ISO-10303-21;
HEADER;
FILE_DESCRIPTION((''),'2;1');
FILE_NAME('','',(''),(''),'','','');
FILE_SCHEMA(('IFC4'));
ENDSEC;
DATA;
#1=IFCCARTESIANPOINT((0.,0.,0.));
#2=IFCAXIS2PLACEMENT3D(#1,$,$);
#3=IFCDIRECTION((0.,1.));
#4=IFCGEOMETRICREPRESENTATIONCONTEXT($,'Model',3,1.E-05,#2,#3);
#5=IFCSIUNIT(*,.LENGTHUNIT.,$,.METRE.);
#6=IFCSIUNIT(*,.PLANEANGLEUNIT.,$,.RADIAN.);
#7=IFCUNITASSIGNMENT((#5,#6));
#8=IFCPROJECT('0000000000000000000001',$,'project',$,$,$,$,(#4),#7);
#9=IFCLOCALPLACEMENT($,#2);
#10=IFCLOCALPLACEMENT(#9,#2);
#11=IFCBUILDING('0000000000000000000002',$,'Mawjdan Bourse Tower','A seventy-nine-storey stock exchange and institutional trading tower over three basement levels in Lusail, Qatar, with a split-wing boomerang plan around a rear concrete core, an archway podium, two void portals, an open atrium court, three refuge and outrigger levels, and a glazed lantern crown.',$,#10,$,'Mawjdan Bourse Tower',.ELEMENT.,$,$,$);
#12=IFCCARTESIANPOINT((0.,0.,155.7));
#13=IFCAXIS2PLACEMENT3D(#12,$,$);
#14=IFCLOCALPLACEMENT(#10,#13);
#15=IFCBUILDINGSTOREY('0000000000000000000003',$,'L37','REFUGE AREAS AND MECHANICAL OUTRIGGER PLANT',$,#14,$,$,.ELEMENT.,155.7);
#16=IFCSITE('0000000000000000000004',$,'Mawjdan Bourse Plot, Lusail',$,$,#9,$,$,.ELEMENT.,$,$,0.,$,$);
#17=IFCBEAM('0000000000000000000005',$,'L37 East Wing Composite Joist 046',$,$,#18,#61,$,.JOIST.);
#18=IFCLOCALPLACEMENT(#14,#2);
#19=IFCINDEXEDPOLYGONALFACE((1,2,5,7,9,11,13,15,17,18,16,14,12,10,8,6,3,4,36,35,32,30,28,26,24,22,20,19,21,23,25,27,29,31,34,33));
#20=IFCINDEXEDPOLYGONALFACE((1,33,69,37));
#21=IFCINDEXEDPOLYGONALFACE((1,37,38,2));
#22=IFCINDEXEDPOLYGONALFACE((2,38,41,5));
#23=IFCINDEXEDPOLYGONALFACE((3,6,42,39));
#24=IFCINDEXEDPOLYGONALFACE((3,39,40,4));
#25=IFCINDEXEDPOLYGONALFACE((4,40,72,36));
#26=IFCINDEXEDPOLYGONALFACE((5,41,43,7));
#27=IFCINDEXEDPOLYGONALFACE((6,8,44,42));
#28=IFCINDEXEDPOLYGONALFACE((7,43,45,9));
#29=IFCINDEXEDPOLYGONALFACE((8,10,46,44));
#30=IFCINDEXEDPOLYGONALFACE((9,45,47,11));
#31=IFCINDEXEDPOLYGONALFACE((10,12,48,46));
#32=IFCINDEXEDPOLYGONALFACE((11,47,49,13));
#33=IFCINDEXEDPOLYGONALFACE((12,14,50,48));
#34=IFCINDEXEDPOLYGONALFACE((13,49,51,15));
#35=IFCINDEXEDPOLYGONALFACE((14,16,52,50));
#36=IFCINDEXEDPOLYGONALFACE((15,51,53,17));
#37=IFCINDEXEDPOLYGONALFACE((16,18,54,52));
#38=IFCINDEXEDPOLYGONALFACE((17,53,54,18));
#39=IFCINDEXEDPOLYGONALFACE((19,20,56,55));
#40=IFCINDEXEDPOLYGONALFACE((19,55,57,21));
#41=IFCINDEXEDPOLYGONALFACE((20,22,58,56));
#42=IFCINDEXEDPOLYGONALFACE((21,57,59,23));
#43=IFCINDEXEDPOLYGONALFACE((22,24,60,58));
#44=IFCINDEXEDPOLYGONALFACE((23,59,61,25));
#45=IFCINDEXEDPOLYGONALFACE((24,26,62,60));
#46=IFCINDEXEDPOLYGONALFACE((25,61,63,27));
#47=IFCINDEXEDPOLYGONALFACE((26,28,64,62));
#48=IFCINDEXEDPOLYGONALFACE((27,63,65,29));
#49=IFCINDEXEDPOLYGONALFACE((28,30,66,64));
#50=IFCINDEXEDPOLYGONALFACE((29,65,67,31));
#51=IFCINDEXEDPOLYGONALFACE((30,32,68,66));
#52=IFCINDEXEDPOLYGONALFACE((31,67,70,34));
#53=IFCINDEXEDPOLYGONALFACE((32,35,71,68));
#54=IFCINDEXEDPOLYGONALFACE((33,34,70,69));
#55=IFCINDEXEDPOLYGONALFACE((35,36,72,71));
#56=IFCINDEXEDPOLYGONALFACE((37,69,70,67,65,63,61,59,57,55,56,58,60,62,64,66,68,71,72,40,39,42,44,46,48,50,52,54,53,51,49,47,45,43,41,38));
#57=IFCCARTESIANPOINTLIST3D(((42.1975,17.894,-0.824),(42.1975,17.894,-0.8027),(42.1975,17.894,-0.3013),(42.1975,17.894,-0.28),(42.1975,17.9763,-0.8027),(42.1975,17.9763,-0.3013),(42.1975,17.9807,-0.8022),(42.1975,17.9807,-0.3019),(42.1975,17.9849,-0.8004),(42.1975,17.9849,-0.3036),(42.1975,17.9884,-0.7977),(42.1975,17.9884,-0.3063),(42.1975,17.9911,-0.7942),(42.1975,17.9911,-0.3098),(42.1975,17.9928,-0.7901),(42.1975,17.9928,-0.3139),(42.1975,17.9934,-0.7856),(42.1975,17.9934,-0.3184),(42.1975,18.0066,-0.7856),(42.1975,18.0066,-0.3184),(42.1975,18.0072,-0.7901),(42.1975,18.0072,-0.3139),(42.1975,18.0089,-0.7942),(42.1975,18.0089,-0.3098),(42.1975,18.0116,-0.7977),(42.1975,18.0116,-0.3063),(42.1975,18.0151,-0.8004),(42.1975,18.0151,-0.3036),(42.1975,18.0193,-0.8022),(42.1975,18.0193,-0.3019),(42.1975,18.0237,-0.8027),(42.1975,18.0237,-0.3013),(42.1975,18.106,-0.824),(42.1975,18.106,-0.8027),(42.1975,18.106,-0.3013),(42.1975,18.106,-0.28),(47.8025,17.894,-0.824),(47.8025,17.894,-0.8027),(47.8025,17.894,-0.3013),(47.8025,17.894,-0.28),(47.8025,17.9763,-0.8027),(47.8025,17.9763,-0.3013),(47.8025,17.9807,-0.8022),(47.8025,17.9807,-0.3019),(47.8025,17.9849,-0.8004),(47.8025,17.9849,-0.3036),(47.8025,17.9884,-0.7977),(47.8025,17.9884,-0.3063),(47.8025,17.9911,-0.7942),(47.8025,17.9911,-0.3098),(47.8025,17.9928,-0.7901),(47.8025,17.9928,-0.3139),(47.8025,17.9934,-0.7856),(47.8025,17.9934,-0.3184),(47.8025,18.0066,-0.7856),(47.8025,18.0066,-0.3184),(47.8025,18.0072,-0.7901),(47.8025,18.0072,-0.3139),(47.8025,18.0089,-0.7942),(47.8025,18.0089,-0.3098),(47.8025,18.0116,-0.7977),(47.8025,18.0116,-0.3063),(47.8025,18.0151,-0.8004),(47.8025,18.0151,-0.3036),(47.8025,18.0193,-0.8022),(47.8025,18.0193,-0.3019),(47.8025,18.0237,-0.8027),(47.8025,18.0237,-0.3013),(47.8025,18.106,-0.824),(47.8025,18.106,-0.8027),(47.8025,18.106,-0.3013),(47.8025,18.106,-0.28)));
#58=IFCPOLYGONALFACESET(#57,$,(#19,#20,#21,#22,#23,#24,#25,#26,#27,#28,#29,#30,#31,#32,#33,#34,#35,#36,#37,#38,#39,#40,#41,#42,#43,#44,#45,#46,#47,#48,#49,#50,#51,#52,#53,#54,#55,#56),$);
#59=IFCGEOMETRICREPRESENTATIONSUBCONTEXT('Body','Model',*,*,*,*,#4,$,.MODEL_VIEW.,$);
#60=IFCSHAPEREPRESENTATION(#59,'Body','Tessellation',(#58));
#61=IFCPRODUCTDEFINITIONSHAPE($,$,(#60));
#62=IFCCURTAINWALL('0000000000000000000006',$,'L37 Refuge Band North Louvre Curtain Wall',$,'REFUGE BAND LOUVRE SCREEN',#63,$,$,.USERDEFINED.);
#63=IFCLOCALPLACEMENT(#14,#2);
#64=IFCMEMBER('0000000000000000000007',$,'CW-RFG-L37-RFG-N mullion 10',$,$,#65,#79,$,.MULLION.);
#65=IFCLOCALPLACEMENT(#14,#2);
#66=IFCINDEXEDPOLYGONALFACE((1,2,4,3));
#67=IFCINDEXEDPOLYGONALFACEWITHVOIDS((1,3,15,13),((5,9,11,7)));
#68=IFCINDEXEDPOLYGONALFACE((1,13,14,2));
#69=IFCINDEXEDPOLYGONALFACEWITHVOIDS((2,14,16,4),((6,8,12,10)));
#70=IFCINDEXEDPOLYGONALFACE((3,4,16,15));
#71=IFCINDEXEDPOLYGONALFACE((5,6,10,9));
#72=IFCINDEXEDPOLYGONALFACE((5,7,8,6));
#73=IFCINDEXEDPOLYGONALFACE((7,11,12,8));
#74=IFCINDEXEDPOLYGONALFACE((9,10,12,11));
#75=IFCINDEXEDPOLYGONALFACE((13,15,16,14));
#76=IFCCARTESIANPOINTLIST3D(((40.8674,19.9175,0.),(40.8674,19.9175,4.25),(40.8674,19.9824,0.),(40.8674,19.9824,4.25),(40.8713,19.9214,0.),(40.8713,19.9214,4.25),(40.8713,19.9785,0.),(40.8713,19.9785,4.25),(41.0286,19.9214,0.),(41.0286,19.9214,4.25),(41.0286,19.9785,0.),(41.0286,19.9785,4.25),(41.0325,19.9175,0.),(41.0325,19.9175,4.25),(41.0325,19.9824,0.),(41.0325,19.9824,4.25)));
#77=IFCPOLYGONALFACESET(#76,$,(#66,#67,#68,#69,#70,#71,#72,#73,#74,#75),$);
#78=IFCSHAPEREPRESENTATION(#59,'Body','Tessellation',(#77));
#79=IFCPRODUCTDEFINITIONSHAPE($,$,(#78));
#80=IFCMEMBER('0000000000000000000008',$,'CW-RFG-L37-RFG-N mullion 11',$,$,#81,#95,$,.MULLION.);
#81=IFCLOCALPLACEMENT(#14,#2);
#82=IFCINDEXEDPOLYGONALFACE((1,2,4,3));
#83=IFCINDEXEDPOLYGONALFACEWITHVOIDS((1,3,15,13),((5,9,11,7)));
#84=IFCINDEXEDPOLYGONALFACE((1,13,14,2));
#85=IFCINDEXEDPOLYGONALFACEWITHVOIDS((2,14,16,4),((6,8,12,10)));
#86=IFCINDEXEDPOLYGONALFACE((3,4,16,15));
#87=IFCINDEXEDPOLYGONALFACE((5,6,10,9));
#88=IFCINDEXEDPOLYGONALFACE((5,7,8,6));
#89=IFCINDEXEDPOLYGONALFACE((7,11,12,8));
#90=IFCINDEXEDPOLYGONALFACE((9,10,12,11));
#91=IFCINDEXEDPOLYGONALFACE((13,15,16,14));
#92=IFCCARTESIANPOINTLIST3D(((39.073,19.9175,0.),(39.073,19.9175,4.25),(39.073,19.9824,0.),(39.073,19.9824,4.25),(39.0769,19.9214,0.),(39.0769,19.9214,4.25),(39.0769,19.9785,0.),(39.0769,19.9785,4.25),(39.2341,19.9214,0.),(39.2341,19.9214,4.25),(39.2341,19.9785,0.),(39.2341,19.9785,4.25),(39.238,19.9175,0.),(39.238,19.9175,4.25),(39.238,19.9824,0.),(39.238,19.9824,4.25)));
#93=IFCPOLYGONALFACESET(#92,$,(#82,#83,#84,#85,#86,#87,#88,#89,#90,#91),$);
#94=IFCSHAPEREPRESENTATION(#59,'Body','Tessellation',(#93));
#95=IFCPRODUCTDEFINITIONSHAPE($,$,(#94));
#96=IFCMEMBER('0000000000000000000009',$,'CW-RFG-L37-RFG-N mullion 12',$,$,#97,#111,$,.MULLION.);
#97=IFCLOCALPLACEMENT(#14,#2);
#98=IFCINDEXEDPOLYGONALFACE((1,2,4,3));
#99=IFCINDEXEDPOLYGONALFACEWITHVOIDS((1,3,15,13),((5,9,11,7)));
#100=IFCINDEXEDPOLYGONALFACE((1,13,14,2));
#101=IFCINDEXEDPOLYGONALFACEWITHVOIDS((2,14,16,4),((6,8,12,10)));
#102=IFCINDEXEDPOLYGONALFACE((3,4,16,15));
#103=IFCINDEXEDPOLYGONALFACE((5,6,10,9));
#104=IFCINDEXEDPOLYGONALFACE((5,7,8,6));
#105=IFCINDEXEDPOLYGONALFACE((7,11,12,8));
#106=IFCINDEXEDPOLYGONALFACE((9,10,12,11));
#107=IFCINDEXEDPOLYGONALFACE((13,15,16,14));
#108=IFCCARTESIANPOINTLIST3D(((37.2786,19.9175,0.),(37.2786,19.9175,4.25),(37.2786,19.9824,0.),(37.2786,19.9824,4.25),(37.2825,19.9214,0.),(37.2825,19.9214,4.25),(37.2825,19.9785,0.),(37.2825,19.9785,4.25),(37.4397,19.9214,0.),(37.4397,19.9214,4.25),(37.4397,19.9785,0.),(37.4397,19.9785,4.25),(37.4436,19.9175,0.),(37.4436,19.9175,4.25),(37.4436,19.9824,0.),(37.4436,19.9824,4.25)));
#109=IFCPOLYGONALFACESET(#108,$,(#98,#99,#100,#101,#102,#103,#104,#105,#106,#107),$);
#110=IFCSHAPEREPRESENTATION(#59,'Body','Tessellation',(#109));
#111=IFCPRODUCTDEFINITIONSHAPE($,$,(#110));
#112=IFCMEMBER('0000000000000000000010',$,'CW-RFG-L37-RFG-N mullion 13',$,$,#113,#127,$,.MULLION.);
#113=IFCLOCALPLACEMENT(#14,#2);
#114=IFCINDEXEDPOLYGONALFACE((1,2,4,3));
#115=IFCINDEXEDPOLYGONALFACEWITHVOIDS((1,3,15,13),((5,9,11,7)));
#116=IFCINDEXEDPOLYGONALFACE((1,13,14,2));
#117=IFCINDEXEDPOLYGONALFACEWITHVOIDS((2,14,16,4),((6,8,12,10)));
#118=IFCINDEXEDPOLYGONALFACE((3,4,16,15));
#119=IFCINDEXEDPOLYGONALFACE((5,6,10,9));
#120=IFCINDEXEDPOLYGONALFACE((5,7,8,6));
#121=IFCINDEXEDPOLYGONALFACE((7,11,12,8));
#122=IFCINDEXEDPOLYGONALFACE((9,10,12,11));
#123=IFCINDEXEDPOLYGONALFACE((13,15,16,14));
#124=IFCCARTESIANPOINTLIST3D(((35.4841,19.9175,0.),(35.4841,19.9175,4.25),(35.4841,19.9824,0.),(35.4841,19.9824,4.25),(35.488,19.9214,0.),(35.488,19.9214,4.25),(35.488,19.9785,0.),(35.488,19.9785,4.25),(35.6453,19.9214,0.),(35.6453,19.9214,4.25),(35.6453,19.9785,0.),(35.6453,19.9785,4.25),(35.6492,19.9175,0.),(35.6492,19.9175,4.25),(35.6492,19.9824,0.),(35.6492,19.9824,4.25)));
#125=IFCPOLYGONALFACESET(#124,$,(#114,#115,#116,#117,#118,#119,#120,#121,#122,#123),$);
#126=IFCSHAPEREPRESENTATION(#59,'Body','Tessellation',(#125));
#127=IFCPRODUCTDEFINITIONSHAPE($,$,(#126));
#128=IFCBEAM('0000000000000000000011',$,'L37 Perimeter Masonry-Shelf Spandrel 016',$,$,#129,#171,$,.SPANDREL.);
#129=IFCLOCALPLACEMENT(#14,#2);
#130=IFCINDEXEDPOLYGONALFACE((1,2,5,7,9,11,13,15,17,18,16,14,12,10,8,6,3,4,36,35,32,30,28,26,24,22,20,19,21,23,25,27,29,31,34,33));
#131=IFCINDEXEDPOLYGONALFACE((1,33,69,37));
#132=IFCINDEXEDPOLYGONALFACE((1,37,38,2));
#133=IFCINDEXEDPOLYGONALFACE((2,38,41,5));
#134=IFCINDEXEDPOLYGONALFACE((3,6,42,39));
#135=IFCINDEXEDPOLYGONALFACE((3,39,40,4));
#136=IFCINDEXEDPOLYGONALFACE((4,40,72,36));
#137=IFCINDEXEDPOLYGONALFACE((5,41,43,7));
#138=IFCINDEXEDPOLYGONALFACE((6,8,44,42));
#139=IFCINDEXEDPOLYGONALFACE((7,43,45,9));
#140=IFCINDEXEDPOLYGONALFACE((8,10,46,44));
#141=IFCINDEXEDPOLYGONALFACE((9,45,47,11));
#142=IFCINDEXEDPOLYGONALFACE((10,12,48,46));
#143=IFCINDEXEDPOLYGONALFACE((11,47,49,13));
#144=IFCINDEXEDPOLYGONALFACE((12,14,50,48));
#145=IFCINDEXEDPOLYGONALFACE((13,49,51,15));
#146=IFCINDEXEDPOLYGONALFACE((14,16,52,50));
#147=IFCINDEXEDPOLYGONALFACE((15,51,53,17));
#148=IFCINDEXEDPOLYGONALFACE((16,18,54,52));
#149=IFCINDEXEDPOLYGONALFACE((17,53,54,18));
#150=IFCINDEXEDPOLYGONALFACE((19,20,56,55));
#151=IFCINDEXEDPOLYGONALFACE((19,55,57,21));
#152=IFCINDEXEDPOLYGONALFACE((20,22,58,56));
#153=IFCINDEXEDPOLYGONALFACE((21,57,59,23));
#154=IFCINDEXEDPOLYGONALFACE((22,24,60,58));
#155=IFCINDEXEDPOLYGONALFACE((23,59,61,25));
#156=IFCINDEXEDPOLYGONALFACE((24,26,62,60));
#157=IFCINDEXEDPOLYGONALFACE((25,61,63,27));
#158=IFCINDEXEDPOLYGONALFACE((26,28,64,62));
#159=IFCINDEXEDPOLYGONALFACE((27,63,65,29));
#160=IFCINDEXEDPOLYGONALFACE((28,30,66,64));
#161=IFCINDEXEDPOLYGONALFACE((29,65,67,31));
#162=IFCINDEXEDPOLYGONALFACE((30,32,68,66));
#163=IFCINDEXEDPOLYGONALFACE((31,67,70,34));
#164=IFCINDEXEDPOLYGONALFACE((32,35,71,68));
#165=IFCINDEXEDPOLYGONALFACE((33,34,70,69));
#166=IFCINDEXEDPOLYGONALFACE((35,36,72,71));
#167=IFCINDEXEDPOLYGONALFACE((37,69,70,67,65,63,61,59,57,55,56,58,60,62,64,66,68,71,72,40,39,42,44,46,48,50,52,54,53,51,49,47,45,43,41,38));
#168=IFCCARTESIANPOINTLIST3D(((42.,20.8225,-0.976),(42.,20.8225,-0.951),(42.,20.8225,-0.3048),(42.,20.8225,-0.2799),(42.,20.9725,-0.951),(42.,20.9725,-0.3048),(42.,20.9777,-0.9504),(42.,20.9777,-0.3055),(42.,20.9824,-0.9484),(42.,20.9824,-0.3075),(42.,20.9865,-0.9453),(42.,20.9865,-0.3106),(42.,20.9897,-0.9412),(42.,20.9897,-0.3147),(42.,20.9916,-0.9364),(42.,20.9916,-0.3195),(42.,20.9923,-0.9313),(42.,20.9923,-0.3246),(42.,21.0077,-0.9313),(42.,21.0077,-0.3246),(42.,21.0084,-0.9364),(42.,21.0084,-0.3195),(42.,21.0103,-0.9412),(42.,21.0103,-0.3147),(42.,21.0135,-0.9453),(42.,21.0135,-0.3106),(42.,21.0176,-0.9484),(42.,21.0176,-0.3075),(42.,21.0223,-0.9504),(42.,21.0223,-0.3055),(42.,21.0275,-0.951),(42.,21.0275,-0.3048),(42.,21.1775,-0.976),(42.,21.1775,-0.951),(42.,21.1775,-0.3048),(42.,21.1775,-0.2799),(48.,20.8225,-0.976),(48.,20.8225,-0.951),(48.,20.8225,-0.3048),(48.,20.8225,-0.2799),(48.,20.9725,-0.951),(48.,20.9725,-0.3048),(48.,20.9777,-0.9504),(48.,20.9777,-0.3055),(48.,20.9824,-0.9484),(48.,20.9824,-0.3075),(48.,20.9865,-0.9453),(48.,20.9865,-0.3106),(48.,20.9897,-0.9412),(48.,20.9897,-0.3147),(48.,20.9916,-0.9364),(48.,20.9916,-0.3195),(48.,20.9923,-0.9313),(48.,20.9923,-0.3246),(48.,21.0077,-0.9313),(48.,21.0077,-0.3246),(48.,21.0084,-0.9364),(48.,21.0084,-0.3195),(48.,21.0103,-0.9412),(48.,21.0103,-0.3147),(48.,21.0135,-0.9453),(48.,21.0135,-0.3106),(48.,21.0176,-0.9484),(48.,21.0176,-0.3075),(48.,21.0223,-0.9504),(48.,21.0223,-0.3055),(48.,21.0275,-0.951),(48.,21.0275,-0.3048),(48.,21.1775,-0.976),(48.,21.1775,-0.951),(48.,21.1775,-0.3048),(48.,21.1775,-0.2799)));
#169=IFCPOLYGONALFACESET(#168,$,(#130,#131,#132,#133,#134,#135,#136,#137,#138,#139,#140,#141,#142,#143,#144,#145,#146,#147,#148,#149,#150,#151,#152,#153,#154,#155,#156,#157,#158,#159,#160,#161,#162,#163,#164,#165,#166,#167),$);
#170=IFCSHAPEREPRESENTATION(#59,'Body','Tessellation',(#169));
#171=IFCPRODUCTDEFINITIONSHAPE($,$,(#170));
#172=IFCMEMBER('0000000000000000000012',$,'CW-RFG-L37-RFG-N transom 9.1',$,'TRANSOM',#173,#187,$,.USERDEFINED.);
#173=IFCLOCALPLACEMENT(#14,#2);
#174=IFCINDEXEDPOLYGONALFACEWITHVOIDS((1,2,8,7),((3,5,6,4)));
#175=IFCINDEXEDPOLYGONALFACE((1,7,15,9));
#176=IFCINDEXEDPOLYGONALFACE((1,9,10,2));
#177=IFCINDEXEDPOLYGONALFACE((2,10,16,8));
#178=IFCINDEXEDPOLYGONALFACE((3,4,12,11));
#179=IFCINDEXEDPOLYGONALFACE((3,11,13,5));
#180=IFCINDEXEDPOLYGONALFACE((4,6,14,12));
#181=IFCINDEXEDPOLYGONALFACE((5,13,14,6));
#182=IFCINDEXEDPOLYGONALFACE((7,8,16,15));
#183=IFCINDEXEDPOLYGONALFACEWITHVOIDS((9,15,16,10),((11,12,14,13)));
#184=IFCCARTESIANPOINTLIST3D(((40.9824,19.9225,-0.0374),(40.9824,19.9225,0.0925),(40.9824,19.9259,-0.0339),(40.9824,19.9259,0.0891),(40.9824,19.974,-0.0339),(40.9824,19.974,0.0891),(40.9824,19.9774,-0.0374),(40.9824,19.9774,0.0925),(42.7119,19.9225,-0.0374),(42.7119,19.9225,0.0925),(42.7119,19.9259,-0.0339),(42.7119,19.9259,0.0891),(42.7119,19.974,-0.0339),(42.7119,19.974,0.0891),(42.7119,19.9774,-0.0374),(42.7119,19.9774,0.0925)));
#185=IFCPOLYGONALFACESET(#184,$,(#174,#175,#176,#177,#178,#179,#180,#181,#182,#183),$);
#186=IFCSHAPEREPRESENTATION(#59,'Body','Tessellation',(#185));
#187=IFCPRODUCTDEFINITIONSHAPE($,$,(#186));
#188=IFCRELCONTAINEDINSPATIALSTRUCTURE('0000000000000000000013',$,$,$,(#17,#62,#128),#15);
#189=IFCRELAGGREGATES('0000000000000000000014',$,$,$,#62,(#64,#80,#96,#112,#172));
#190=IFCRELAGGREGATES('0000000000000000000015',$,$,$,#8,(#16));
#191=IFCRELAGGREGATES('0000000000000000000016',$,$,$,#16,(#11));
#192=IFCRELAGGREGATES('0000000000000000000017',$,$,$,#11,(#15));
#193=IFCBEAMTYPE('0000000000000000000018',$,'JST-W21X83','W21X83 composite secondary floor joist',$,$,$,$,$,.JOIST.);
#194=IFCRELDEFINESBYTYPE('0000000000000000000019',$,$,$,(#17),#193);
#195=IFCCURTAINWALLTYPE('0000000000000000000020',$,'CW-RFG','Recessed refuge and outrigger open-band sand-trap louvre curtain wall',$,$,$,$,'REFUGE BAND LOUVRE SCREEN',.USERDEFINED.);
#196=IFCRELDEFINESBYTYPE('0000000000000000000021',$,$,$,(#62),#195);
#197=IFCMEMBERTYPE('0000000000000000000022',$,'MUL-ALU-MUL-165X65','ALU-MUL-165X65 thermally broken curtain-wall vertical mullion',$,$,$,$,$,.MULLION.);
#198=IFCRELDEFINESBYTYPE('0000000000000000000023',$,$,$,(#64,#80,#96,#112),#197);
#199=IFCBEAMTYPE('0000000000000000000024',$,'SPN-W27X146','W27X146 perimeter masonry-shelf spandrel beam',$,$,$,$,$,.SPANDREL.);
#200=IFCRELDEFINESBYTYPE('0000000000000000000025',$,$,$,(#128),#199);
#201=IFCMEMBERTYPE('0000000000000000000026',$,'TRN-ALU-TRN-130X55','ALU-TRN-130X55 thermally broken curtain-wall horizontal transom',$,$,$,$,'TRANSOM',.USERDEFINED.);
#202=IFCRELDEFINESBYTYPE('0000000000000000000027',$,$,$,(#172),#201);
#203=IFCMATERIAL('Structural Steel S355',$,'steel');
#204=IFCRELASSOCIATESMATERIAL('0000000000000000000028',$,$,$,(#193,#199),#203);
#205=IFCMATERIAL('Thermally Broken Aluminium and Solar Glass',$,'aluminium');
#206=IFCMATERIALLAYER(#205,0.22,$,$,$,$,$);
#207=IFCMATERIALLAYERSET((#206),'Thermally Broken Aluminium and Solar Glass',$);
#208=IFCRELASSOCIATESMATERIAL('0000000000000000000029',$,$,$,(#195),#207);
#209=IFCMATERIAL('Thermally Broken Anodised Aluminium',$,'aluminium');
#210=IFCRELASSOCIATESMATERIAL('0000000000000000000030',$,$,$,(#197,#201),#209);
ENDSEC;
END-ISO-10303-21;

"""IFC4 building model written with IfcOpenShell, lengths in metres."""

from ifc_helpers import new_model, si_unit, direction, frame, origin, origin_2d, place, context, subcontext, project, spatial, hollow_rectangle, i_section, extrude, material, layer, layer_set, material_profile, profile_set, type_object, element, aggregate, save


model = new_model("IFC4")

# Units and contexts
model_context = context("Model", 3, precision=1e-05, world=origin(), true_north=direction((0.0, 1.0)))
body_context = subcontext(model_context, "Body", "Model", "MODEL_VIEW")
ifc_project = project(units=[si_unit("LENGTHUNIT", "METRE"), si_unit("PLANEANGLEUNIT", "RADIAN")], contexts=[model_context])

# Site, building, storey
site_placement = place(None, origin())
site = spatial("IfcSite", under=ifc_project, at=site_placement, Name="Mawjdan Bourse Plot, Lusail", CompositionType="ELEMENT", RefElevation=0.0)
building_placement = place(site_placement, origin())
building = spatial("IfcBuilding", under=site, at=building_placement, Name="Mawjdan Bourse Tower", Description="A seventy-nine-storey stock exchange and institutional trading tower over three basement levels in Lusail, Qatar, with a split-wing boomerang plan around a rear concrete core, an archway podium, two void portals, an open atrium court, three refuge and outrigger levels, and a glazed lantern crown.", LongName="Mawjdan Bourse Tower", CompositionType="ELEMENT")
storey_placement = place(building_placement, frame((0.0, 0.0, 155.7)))
storey = spatial("IfcBuildingStorey", under=building, at=storey_placement, Name="L37", Description="REFUGE AREAS AND MECHANICAL OUTRIGGER PLANT", CompositionType="ELEMENT", Elevation=155.7)

# Beam
ifc_material_1 = material(Name="Structural Steel S355", Category="steel")
ifc_material_profile_1 = material_profile(ifc_material_1, i_section(OverallWidth=0.2119, OverallDepth=0.5439, WebThickness=0.0132, FlangeThickness=0.0212, FilletRadius=0.0171, at=origin_2d()), Name="W21X83")
ifc_profile_set_1 = profile_set([ifc_material_profile_1], Name="Structural Steel S355")
beam_type_1 = type_object("IfcBeamType", Name="JST-W21X83", Description="W21X83 composite secondary floor joist", PredefinedType="JOIST", material=ifc_profile_set_1)
for number, where, z_axis, x_axis, name in (
    (1, (42.1975, 18.0, -0.552), (1.0, 0.0, 0.0), (0.0, 1.0, 0.0), "L37 East Wing Composite Joist 046"),
):
    element("IfcBeam", number, at=place(storey_placement, frame(where, z_axis=z_axis, x_axis=x_axis)), inside=storey, type_object=beam_type_1, Name=name, PredefinedType="JOIST", context=body_context, shape_type="SweptSolid", body=[
        extrude(i_section(OverallWidth=0.2119, OverallDepth=0.5439, WebThickness=0.0132, FlangeThickness=0.0212, FilletRadius=0.0171, at=origin_2d()), origin(), (0.0, 0.0, 1.0), 5.605),
    ])

# Curtain wall, members
ifc_material_2 = material(Name="Thermally Broken Aluminium and Solar Glass", Category="aluminium")
ifc_layer_1 = layer(ifc_material_2, 0.22)
ifc_layer_set_1 = layer_set([ifc_layer_1], Name="Thermally Broken Aluminium and Solar Glass")
curtain_wall_type = type_object("IfcCurtainWallType", Name="CW-RFG", Description="Recessed refuge and outrigger open-band sand-trap louvre curtain wall", ElementType="REFUGE BAND LOUVRE SCREEN", PredefinedType="USERDEFINED", material=ifc_layer_set_1)
curtain_wall_placement = place(storey_placement, origin())
curtain_wall = element("IfcCurtainWall", 2, at=curtain_wall_placement, inside=storey, type_object=curtain_wall_type, Name="L37 Refuge Band North Louvre Curtain Wall", ObjectType="REFUGE BAND LOUVRE SCREEN", PredefinedType="USERDEFINED")
ifc_material_3 = material(Name="Thermally Broken Anodised Aluminium", Category="aluminium")
ifc_material_profile_2 = material_profile(ifc_material_3, hollow_rectangle(XDim=0.0649, YDim=0.165, WallThickness=0.0039, at=origin_2d()), Name="ALU-MUL-165X65")
ifc_profile_set_2 = profile_set([ifc_material_profile_2], Name="Thermally Broken Anodised Aluminium")
member_type_1 = type_object("IfcMemberType", Name="MUL-ALU-MUL-165X65", Description="ALU-MUL-165X65 thermally broken curtain-wall vertical mullion", PredefinedType="MULLION", material=ifc_profile_set_2)
member_1_placement = place(storey_placement, frame((40.95, 19.95, 0.0), z_axis=(0.0, 0.0, 1.0), x_axis=(0.0, -1.0, 0.0)))
member_1 = element("IfcMember", 3, at=member_1_placement, type_object=member_type_1, Name="CW-RFG-L37-RFG-N mullion 10", PredefinedType="MULLION", context=body_context, shape_type="SweptSolid", body=[
    extrude(hollow_rectangle(XDim=0.0649, YDim=0.165, WallThickness=0.0039, at=origin_2d()), origin(), (0.0, 0.0, 1.0), 4.25),
])
member_2_placement = place(storey_placement, frame((39.1555, 19.95, 0.0), z_axis=(0.0, 0.0, 1.0), x_axis=(0.0, -1.0, 0.0)))
member_2 = element("IfcMember", 4, at=member_2_placement, type_object=member_type_1, Name="CW-RFG-L37-RFG-N mullion 11", PredefinedType="MULLION", context=body_context, shape_type="SweptSolid", body=[
    extrude(hollow_rectangle(XDim=0.0649, YDim=0.165, WallThickness=0.0039, at=origin_2d()), origin(), (0.0, 0.0, 1.0), 4.25),
])
member_3_placement = place(storey_placement, frame((37.3611, 19.95, 0.0), z_axis=(0.0, 0.0, 1.0), x_axis=(0.0, -1.0, 0.0)))
member_3 = element("IfcMember", 5, at=member_3_placement, type_object=member_type_1, Name="CW-RFG-L37-RFG-N mullion 12", PredefinedType="MULLION", context=body_context, shape_type="SweptSolid", body=[
    extrude(hollow_rectangle(XDim=0.0649, YDim=0.165, WallThickness=0.0039, at=origin_2d()), origin(), (0.0, 0.0, 1.0), 4.25),
])
member_4_placement = place(storey_placement, frame((35.5667, 19.95, 0.0), z_axis=(0.0, 0.0, 1.0), x_axis=(0.0, -1.0, 0.0)))
member_4 = element("IfcMember", 6, at=member_4_placement, type_object=member_type_1, Name="CW-RFG-L37-RFG-N mullion 13", PredefinedType="MULLION", context=body_context, shape_type="SweptSolid", body=[
    extrude(hollow_rectangle(XDim=0.0649, YDim=0.165, WallThickness=0.0039, at=origin_2d()), origin(), (0.0, 0.0, 1.0), 4.25),
])

# Beam
ifc_material_profile_3 = material_profile(ifc_material_1, i_section(OverallWidth=0.355, OverallDepth=0.696, WebThickness=0.0154, FlangeThickness=0.0249, FilletRadius=0.0198, at=origin_2d()), Name="W27X146")
ifc_profile_set_3 = profile_set([ifc_material_profile_3], Name="Structural Steel S355")
beam_type_2 = type_object("IfcBeamType", Name="SPN-W27X146", Description="W27X146 perimeter masonry-shelf spandrel beam", PredefinedType="SPANDREL", material=ifc_profile_set_3)
beam_placement = place(storey_placement, frame((42.0, 21.0, -0.6279), z_axis=(1.0, 0.0, 0.0), x_axis=(0.0, 1.0, 0.0)))
element("IfcBeam", 7, at=beam_placement, inside=storey, type_object=beam_type_2, Name="L37 Perimeter Masonry-Shelf Spandrel 016", PredefinedType="SPANDREL", context=body_context, shape_type="SweptSolid", body=[
    extrude(i_section(OverallWidth=0.355, OverallDepth=0.696, WebThickness=0.0154, FlangeThickness=0.0249, FilletRadius=0.0198, at=origin_2d()), origin(), (0.0, 0.0, 1.0), 6.0),
])

# Member
ifc_material_profile_4 = material_profile(ifc_material_3, hollow_rectangle(XDim=0.0549, YDim=0.1299, WallThickness=0.0034, at=origin_2d()), Name="ALU-TRN-130X55")
ifc_profile_set_4 = profile_set([ifc_material_profile_4], Name="Thermally Broken Anodised Aluminium")
member_type_2 = type_object("IfcMemberType", Name="TRN-ALU-TRN-130X55", Description="ALU-TRN-130X55 thermally broken curtain-wall horizontal transom", ElementType="TRANSOM", PredefinedType="USERDEFINED", material=ifc_profile_set_4)
member_5_placement = place(storey_placement, frame((42.7119, 19.95, 0.0276), z_axis=(-1.0, 0.0, 0.0), x_axis=(0.0, -1.0, 0.0)))
member_5 = element("IfcMember", 8, at=member_5_placement, type_object=member_type_2, Name="CW-RFG-L37-RFG-N transom 9.1", ObjectType="TRANSOM", PredefinedType="USERDEFINED", context=body_context, shape_type="SweptSolid", body=[
    extrude(hollow_rectangle(XDim=0.0549, YDim=0.1299, WallThickness=0.0034, at=origin_2d()), origin(), (0.0, 0.0, 1.0), 1.7295),
])

aggregate(curtain_wall, [member_1, member_2, member_3, member_4, member_5])

save(model, "model.ifc")
